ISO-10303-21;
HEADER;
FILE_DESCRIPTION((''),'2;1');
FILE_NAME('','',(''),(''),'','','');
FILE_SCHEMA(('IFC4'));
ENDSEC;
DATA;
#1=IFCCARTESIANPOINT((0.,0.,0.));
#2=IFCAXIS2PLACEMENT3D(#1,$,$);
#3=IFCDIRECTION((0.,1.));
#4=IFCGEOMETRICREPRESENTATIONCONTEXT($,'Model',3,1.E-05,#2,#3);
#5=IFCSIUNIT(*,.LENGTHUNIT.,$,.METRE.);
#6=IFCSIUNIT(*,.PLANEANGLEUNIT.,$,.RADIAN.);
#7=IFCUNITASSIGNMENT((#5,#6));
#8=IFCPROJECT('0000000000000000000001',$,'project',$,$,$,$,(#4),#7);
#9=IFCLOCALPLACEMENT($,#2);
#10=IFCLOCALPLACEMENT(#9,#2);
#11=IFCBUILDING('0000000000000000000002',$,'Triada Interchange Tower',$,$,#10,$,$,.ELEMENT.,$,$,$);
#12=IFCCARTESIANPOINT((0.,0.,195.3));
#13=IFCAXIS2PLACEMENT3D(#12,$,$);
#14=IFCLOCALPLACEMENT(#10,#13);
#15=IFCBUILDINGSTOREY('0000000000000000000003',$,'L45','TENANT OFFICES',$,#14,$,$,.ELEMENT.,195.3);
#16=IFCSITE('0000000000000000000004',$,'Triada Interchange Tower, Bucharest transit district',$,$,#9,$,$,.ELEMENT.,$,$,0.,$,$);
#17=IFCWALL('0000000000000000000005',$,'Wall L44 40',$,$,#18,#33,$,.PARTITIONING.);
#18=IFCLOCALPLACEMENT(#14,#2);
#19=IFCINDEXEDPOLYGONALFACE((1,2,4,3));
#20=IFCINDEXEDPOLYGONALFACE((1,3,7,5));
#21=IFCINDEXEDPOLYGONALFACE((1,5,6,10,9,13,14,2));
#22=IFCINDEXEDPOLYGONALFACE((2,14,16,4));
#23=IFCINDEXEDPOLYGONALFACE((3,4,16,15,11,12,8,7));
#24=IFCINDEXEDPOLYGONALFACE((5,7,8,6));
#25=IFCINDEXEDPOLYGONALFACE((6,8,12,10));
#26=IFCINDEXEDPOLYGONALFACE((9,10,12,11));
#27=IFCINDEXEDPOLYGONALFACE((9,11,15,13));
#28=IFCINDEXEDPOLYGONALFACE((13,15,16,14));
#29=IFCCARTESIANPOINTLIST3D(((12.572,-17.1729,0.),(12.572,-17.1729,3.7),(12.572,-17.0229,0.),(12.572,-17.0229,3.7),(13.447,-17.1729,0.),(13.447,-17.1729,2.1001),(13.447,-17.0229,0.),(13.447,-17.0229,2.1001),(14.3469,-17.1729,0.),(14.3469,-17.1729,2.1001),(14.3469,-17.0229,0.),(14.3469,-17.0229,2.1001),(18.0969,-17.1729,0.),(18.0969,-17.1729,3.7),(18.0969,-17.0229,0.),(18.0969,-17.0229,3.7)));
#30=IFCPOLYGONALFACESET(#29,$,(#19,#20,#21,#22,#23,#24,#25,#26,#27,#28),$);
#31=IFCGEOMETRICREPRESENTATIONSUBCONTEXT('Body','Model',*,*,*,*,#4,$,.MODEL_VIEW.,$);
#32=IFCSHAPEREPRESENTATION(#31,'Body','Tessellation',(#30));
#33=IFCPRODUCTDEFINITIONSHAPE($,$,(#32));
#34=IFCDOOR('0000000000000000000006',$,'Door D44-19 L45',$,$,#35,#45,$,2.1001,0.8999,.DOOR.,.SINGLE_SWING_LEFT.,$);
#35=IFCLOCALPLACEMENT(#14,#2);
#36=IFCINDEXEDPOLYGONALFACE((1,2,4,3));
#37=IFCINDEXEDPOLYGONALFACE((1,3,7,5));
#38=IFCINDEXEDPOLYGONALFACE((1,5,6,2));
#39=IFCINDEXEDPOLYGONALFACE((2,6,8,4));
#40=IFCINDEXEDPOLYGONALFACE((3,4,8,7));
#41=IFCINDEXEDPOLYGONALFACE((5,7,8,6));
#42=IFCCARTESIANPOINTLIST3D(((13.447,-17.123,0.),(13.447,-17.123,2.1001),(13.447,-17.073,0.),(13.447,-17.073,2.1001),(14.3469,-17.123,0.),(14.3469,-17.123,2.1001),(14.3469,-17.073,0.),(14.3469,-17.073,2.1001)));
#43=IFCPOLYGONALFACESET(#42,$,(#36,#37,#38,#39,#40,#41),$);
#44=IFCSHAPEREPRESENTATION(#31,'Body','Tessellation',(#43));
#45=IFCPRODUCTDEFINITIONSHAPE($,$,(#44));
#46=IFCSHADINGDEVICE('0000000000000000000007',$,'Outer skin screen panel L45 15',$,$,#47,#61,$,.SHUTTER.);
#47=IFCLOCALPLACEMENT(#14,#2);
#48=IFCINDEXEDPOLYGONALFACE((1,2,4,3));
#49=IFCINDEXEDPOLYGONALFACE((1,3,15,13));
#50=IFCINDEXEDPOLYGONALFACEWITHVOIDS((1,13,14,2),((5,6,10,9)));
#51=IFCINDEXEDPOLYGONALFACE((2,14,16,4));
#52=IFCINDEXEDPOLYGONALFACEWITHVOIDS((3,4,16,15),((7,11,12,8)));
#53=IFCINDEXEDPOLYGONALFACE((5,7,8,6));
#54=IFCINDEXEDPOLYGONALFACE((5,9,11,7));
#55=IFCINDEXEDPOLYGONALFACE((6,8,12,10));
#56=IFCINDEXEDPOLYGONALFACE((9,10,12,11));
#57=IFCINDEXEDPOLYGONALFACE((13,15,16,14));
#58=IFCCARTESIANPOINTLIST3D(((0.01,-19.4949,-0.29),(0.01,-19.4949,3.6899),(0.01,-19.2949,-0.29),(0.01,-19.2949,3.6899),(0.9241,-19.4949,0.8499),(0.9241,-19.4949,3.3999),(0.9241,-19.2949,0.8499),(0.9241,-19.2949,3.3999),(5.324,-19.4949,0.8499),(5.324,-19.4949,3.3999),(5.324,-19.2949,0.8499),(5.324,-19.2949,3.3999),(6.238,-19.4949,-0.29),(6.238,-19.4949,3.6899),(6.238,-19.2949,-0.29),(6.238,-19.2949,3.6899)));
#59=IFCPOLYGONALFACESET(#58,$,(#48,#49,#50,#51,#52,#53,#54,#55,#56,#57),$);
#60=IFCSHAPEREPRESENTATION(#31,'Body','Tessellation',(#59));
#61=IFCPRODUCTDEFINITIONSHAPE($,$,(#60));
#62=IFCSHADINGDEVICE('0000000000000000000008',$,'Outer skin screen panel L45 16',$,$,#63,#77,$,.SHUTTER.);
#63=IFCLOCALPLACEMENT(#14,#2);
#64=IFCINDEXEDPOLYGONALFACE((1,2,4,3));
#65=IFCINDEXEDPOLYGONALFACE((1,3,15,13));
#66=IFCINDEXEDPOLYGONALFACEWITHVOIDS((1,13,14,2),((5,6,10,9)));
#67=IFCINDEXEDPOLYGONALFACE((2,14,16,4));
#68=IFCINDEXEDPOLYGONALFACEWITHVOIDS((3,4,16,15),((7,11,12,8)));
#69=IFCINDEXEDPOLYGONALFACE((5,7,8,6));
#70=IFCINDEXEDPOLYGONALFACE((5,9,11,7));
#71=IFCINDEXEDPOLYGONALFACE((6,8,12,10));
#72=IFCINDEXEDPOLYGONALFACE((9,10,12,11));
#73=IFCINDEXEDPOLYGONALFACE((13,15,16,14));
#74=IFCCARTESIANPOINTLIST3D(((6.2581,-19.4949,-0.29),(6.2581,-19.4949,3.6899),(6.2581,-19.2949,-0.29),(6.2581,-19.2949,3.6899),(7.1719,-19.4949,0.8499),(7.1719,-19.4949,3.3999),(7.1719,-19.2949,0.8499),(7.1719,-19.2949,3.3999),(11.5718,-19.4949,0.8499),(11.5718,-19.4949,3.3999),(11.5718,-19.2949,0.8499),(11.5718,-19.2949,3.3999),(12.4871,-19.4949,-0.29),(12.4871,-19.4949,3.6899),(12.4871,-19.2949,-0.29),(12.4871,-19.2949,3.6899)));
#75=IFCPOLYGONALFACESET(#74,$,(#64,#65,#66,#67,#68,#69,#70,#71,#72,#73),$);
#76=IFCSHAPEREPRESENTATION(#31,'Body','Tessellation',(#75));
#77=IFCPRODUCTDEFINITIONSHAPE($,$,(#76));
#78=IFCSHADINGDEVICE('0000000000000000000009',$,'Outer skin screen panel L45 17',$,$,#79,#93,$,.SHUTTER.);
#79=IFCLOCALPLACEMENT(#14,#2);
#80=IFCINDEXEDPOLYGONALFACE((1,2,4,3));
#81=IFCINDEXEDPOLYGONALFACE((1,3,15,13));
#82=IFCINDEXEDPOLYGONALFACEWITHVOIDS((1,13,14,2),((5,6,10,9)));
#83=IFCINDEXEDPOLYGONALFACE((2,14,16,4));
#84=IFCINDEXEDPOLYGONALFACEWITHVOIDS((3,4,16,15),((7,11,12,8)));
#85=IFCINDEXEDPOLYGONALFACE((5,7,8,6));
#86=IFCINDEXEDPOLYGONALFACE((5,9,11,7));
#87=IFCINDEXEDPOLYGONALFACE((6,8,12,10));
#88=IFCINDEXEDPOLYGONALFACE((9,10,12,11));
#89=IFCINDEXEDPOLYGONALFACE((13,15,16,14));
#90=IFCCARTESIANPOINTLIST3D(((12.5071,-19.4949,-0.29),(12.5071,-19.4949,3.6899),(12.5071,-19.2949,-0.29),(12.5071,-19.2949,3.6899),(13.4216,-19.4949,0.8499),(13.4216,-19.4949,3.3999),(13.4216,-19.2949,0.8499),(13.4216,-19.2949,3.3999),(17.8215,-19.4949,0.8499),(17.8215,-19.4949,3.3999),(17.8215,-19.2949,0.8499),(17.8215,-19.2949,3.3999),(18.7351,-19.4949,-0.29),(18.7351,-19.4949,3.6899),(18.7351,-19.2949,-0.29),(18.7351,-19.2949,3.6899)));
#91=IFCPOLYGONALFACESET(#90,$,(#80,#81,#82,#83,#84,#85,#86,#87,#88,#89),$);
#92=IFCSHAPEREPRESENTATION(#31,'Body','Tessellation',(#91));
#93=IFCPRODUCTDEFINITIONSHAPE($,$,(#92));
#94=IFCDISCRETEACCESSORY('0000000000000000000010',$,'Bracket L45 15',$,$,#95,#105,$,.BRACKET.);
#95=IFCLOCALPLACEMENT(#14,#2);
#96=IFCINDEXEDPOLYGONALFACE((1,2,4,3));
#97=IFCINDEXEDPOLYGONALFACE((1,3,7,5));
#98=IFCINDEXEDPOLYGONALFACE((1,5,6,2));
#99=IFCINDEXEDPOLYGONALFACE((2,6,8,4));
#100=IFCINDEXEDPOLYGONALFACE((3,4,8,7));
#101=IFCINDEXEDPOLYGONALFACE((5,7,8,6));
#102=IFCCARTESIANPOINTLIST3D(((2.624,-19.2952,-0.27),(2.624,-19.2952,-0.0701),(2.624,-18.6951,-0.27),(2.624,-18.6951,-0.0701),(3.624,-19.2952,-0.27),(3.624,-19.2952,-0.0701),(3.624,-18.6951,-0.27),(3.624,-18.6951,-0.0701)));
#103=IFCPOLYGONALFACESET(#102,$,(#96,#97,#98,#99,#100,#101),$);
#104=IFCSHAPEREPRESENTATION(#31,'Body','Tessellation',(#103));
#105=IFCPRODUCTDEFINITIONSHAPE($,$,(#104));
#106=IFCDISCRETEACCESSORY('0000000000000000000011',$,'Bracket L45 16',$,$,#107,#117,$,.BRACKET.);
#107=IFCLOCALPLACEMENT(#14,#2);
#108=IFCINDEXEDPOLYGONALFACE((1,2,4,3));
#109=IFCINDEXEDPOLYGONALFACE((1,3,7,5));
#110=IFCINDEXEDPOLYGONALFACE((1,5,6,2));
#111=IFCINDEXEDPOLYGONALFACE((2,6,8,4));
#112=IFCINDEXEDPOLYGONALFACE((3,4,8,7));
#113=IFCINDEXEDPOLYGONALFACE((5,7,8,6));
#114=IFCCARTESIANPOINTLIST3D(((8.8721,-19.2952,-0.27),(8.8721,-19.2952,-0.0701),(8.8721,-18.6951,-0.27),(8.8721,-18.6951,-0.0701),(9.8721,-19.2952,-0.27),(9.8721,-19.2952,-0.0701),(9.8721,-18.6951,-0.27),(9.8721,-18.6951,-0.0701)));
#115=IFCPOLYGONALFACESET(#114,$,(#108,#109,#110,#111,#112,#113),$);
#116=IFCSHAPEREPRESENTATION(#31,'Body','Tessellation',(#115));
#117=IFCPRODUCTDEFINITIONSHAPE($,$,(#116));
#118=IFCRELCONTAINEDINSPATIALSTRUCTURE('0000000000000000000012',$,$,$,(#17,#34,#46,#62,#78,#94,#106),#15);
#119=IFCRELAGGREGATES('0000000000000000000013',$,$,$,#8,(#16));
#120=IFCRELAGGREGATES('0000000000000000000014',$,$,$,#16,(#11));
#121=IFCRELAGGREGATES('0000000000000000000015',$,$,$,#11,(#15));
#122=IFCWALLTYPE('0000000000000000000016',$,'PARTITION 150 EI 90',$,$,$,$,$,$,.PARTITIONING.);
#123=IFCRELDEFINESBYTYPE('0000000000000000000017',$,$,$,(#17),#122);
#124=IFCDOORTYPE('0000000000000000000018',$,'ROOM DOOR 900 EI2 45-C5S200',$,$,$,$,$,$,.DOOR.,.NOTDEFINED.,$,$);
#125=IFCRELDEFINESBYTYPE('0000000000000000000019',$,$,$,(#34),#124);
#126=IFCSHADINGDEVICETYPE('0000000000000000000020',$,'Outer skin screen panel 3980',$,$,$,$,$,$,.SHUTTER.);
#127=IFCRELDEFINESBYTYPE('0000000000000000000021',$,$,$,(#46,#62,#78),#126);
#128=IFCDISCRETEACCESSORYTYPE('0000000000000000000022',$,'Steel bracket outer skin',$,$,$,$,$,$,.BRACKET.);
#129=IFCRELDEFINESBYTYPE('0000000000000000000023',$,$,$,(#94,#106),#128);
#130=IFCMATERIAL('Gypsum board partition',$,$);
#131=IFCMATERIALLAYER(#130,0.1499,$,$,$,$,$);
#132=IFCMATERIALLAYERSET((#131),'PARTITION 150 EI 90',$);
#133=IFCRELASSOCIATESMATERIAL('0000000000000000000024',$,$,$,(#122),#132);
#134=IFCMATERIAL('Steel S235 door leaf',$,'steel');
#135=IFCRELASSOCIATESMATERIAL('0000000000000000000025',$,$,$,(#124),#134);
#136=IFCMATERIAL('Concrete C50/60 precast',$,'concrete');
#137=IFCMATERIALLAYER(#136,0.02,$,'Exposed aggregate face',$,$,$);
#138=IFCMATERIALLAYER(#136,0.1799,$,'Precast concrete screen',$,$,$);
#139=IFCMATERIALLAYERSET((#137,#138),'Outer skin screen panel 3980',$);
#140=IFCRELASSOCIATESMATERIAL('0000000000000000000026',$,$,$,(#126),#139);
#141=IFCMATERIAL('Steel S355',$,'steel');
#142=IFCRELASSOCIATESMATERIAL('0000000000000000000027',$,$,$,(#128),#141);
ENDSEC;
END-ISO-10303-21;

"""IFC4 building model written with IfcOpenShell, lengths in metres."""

from ifc_helpers import new_model, si_unit, direction, frame, frame_2d, origin, origin_2d, place, context, subcontext, project, spatial, polyline, rectangle, outline, extrude, material, layer, layer_set, type_object, element, fill, save


model = new_model("IFC4")

# Units and contexts
model_context = context("Model", 3, precision=1e-05, world=origin(), true_north=direction((0.0, 1.0)))
body_context = subcontext(model_context, "Body", "Model", "MODEL_VIEW")
ifc_project = project(units=[si_unit("LENGTHUNIT", "METRE"), si_unit("PLANEANGLEUNIT", "RADIAN")], contexts=[model_context])

# Site, building, storey
site_placement = place(None, origin())
site = spatial("IfcSite", under=ifc_project, at=site_placement, Name="Triada Interchange Tower, Bucharest transit district", CompositionType="ELEMENT", RefElevation=0.0)
building_placement = place(site_placement, origin())
building = spatial("IfcBuilding", under=site, at=building_placement, Name="Triada Interchange Tower", CompositionType="ELEMENT")
storey_placement = place(building_placement, frame((0.0, 0.0, 195.3)))
storey = spatial("IfcBuildingStorey", under=building, at=storey_placement, Name="L45", Description="TENANT OFFICES", CompositionType="ELEMENT", Elevation=195.3)

# Shared definitions
ifc_material_1 = material(Name="Gypsum board partition")

# Wall, opening, door
ifc_layer_1 = layer(ifc_material_1, 0.1499)
ifc_layer_set_1 = layer_set([ifc_layer_1], Name="PARTITION 150 EI 90")
wall_type_1 = type_object("IfcWallType", Name="PARTITION 150 EI 90", PredefinedType="PARTITIONING", material=ifc_layer_set_1)
ifc_material_2 = material(Name="Steel S235 door leaf", Category="steel")
wall_1_placement = place(storey_placement, frame((12.572, -17.0979, 0.0), z_axis=(0.0, 0.0, 1.0), x_axis=(1.0, 0.0, 0.0)))
wall_1 = element("IfcWall", 1, at=wall_1_placement, inside=storey, type_object=wall_type_1, Name="Wall L44 40", PredefinedType="PARTITIONING", context=body_context, shape_type="SweptSolid", body=[
    extrude(rectangle(XDim=5.5249, YDim=0.1499, at=frame_2d((2.7625, 0.0))), origin(), (0.0, 0.0, 1.0), 3.7),
])
opening_1_placement = place(wall_1_placement, frame((0.875, 0.0, 0.0)))
opening_1 = element("IfcOpeningElement", 2, at=opening_1_placement, cuts=wall_1, PredefinedType="OPENING", context=body_context, shape_type="SweptSolid", body=[
    extrude(rectangle(XDim=0.8999, YDim=2.1001, at=frame_2d((0.45, 1.05))), frame((0.0, 0.085, 0.0), z_axis=(0.0, -1.0, 0.0), x_axis=(1.0, 0.0, 0.0)), (0.0, 0.0, 1.0), 0.1699),
])
door_type_1 = type_object("IfcDoorType", Name="ROOM DOOR 900 EI2 45-C5S200", OperationType="NOTDEFINED", PredefinedType="DOOR", material=ifc_material_2)
door_1_placement = place(opening_1_placement, origin())
door_1 = element("IfcDoor", 3, at=door_1_placement, inside=storey, type_object=door_type_1, Name="Door D44-19 L45", OperationType="SINGLE_SWING_LEFT", OverallHeight=2.1001, OverallWidth=0.8999, PredefinedType="DOOR", context=body_context, shape_type="SweptSolid", body=[
    extrude(rectangle(XDim=0.8999, YDim=2.1001, at=frame_2d((0.45, 1.05))), frame((0.0, 0.0249, 0.0), z_axis=(0.0, -1.0, 0.0), x_axis=(1.0, 0.0, 0.0)), (0.0, 0.0, 1.0), 0.05),
])
fill(opening_1, door_1)

# Shading devices
ifc_material_3 = material(Name="Concrete C50/60 precast", Category="concrete")
ifc_layer_2 = layer(ifc_material_3, 0.02, Name="Exposed aggregate face")
ifc_layer_3 = layer(ifc_material_3, 0.1799, Name="Precast concrete screen")
ifc_layer_set_2 = layer_set([ifc_layer_2, ifc_layer_3], Name="Outer skin screen panel 3980")
shading_device_type = type_object("IfcShadingDeviceType", Name="Outer skin screen panel 3980", PredefinedType="SHUTTER", material=ifc_layer_set_2)
shading_device_1_placement = place(storey_placement, frame((0.01, -19.2949, -0.29), z_axis=(0.0, 0.0, 1.0), x_axis=(1.0, 0.0, 0.0)))
element("IfcShadingDevice", 4, at=shading_device_1_placement, inside=storey, type_object=shading_device_type, Name="Outer skin screen panel L45 15", PredefinedType="SHUTTER", context=body_context, shape_type="SweptSolid", body=[
    extrude(outline(polyline([(0.0, 0.0), (6.228, 0.0), (6.228, 3.98), (0.0, 3.98), (0.0, 0.0)]), holes=[polyline([(0.9141, 1.1399), (0.9141, 3.6899), (5.314, 3.6899), (5.314, 1.1399), (0.9141, 1.1399)])]), frame((0.0, 0.0, 0.0), z_axis=(0.0, -1.0, 0.0), x_axis=(1.0, 0.0, 0.0)), (0.0, 0.0, 1.0), 0.2),
])
shading_device_2_placement = place(storey_placement, frame((6.2581, -19.2949, -0.29), z_axis=(0.0, 0.0, 1.0), x_axis=(1.0, 0.0, 0.0)))
element("IfcShadingDevice", 5, at=shading_device_2_placement, inside=storey, type_object=shading_device_type, Name="Outer skin screen panel L45 16", PredefinedType="SHUTTER", context=body_context, shape_type="SweptSolid", body=[
    extrude(outline(polyline([(0.0, 0.0), (6.229, 0.0), (6.229, 3.98), (0.0, 3.98), (0.0, 0.0)]), holes=[polyline([(0.9138, 1.1399), (0.9138, 3.6899), (5.3137, 3.6899), (5.3137, 1.1399), (0.9138, 1.1399)])]), frame((0.0, 0.0, 0.0), z_axis=(0.0, -1.0, 0.0), x_axis=(1.0, 0.0, 0.0)), (0.0, 0.0, 1.0), 0.2),
])
shading_device_3_placement = place(storey_placement, frame((12.5071, -19.2949, -0.29), z_axis=(0.0, 0.0, 1.0), x_axis=(1.0, 0.0, 0.0)))
element("IfcShadingDevice", 6, at=shading_device_3_placement, inside=storey, type_object=shading_device_type, Name="Outer skin screen panel L45 17", PredefinedType="SHUTTER", context=body_context, shape_type="SweptSolid", body=[
    extrude(outline(polyline([(0.0, 0.0), (6.228, 0.0), (6.228, 3.98), (0.0, 3.98), (0.0, 0.0)]), holes=[polyline([(0.9146, 1.1399), (0.9146, 3.6899), (5.3145, 3.6899), (5.3145, 1.1399), (0.9146, 1.1399)])]), frame((0.0, 0.0, 0.0), z_axis=(0.0, -1.0, 0.0), x_axis=(1.0, 0.0, 0.0)), (0.0, 0.0, 1.0), 0.2),
])

# Discrete accessories
ifc_material_4 = material(Name="Steel S355", Category="steel")
discrete_accessory_type = type_object("IfcDiscreteAccessoryType", Name="Steel bracket outer skin", PredefinedType="BRACKET", material=ifc_material_4)
for number, where, z_axis, x_axis, name in (
    (7, (3.124, -18.9951, -0.27), (0.0, 0.0, 1.0), (0.0, -1.0, 0.0), "Bracket L45 15"),
    (8, (9.3721, -18.9951, -0.27), (0.0, 0.0, 1.0), (0.0, -1.0, 0.0), "Bracket L45 16"),
):
    element("IfcDiscreteAccessory", number, at=place(storey_placement, frame(where, z_axis=z_axis, x_axis=x_axis)), inside=storey, type_object=discrete_accessory_type, Name=name, PredefinedType="BRACKET", context=body_context, shape_type="SweptSolid", body=[
        extrude(rectangle(XDim=0.6001, YDim=1.0, at=origin_2d()), origin(), (0.0, 0.0, 1.0), 0.2),
    ])

save(model, "model.ifc")
